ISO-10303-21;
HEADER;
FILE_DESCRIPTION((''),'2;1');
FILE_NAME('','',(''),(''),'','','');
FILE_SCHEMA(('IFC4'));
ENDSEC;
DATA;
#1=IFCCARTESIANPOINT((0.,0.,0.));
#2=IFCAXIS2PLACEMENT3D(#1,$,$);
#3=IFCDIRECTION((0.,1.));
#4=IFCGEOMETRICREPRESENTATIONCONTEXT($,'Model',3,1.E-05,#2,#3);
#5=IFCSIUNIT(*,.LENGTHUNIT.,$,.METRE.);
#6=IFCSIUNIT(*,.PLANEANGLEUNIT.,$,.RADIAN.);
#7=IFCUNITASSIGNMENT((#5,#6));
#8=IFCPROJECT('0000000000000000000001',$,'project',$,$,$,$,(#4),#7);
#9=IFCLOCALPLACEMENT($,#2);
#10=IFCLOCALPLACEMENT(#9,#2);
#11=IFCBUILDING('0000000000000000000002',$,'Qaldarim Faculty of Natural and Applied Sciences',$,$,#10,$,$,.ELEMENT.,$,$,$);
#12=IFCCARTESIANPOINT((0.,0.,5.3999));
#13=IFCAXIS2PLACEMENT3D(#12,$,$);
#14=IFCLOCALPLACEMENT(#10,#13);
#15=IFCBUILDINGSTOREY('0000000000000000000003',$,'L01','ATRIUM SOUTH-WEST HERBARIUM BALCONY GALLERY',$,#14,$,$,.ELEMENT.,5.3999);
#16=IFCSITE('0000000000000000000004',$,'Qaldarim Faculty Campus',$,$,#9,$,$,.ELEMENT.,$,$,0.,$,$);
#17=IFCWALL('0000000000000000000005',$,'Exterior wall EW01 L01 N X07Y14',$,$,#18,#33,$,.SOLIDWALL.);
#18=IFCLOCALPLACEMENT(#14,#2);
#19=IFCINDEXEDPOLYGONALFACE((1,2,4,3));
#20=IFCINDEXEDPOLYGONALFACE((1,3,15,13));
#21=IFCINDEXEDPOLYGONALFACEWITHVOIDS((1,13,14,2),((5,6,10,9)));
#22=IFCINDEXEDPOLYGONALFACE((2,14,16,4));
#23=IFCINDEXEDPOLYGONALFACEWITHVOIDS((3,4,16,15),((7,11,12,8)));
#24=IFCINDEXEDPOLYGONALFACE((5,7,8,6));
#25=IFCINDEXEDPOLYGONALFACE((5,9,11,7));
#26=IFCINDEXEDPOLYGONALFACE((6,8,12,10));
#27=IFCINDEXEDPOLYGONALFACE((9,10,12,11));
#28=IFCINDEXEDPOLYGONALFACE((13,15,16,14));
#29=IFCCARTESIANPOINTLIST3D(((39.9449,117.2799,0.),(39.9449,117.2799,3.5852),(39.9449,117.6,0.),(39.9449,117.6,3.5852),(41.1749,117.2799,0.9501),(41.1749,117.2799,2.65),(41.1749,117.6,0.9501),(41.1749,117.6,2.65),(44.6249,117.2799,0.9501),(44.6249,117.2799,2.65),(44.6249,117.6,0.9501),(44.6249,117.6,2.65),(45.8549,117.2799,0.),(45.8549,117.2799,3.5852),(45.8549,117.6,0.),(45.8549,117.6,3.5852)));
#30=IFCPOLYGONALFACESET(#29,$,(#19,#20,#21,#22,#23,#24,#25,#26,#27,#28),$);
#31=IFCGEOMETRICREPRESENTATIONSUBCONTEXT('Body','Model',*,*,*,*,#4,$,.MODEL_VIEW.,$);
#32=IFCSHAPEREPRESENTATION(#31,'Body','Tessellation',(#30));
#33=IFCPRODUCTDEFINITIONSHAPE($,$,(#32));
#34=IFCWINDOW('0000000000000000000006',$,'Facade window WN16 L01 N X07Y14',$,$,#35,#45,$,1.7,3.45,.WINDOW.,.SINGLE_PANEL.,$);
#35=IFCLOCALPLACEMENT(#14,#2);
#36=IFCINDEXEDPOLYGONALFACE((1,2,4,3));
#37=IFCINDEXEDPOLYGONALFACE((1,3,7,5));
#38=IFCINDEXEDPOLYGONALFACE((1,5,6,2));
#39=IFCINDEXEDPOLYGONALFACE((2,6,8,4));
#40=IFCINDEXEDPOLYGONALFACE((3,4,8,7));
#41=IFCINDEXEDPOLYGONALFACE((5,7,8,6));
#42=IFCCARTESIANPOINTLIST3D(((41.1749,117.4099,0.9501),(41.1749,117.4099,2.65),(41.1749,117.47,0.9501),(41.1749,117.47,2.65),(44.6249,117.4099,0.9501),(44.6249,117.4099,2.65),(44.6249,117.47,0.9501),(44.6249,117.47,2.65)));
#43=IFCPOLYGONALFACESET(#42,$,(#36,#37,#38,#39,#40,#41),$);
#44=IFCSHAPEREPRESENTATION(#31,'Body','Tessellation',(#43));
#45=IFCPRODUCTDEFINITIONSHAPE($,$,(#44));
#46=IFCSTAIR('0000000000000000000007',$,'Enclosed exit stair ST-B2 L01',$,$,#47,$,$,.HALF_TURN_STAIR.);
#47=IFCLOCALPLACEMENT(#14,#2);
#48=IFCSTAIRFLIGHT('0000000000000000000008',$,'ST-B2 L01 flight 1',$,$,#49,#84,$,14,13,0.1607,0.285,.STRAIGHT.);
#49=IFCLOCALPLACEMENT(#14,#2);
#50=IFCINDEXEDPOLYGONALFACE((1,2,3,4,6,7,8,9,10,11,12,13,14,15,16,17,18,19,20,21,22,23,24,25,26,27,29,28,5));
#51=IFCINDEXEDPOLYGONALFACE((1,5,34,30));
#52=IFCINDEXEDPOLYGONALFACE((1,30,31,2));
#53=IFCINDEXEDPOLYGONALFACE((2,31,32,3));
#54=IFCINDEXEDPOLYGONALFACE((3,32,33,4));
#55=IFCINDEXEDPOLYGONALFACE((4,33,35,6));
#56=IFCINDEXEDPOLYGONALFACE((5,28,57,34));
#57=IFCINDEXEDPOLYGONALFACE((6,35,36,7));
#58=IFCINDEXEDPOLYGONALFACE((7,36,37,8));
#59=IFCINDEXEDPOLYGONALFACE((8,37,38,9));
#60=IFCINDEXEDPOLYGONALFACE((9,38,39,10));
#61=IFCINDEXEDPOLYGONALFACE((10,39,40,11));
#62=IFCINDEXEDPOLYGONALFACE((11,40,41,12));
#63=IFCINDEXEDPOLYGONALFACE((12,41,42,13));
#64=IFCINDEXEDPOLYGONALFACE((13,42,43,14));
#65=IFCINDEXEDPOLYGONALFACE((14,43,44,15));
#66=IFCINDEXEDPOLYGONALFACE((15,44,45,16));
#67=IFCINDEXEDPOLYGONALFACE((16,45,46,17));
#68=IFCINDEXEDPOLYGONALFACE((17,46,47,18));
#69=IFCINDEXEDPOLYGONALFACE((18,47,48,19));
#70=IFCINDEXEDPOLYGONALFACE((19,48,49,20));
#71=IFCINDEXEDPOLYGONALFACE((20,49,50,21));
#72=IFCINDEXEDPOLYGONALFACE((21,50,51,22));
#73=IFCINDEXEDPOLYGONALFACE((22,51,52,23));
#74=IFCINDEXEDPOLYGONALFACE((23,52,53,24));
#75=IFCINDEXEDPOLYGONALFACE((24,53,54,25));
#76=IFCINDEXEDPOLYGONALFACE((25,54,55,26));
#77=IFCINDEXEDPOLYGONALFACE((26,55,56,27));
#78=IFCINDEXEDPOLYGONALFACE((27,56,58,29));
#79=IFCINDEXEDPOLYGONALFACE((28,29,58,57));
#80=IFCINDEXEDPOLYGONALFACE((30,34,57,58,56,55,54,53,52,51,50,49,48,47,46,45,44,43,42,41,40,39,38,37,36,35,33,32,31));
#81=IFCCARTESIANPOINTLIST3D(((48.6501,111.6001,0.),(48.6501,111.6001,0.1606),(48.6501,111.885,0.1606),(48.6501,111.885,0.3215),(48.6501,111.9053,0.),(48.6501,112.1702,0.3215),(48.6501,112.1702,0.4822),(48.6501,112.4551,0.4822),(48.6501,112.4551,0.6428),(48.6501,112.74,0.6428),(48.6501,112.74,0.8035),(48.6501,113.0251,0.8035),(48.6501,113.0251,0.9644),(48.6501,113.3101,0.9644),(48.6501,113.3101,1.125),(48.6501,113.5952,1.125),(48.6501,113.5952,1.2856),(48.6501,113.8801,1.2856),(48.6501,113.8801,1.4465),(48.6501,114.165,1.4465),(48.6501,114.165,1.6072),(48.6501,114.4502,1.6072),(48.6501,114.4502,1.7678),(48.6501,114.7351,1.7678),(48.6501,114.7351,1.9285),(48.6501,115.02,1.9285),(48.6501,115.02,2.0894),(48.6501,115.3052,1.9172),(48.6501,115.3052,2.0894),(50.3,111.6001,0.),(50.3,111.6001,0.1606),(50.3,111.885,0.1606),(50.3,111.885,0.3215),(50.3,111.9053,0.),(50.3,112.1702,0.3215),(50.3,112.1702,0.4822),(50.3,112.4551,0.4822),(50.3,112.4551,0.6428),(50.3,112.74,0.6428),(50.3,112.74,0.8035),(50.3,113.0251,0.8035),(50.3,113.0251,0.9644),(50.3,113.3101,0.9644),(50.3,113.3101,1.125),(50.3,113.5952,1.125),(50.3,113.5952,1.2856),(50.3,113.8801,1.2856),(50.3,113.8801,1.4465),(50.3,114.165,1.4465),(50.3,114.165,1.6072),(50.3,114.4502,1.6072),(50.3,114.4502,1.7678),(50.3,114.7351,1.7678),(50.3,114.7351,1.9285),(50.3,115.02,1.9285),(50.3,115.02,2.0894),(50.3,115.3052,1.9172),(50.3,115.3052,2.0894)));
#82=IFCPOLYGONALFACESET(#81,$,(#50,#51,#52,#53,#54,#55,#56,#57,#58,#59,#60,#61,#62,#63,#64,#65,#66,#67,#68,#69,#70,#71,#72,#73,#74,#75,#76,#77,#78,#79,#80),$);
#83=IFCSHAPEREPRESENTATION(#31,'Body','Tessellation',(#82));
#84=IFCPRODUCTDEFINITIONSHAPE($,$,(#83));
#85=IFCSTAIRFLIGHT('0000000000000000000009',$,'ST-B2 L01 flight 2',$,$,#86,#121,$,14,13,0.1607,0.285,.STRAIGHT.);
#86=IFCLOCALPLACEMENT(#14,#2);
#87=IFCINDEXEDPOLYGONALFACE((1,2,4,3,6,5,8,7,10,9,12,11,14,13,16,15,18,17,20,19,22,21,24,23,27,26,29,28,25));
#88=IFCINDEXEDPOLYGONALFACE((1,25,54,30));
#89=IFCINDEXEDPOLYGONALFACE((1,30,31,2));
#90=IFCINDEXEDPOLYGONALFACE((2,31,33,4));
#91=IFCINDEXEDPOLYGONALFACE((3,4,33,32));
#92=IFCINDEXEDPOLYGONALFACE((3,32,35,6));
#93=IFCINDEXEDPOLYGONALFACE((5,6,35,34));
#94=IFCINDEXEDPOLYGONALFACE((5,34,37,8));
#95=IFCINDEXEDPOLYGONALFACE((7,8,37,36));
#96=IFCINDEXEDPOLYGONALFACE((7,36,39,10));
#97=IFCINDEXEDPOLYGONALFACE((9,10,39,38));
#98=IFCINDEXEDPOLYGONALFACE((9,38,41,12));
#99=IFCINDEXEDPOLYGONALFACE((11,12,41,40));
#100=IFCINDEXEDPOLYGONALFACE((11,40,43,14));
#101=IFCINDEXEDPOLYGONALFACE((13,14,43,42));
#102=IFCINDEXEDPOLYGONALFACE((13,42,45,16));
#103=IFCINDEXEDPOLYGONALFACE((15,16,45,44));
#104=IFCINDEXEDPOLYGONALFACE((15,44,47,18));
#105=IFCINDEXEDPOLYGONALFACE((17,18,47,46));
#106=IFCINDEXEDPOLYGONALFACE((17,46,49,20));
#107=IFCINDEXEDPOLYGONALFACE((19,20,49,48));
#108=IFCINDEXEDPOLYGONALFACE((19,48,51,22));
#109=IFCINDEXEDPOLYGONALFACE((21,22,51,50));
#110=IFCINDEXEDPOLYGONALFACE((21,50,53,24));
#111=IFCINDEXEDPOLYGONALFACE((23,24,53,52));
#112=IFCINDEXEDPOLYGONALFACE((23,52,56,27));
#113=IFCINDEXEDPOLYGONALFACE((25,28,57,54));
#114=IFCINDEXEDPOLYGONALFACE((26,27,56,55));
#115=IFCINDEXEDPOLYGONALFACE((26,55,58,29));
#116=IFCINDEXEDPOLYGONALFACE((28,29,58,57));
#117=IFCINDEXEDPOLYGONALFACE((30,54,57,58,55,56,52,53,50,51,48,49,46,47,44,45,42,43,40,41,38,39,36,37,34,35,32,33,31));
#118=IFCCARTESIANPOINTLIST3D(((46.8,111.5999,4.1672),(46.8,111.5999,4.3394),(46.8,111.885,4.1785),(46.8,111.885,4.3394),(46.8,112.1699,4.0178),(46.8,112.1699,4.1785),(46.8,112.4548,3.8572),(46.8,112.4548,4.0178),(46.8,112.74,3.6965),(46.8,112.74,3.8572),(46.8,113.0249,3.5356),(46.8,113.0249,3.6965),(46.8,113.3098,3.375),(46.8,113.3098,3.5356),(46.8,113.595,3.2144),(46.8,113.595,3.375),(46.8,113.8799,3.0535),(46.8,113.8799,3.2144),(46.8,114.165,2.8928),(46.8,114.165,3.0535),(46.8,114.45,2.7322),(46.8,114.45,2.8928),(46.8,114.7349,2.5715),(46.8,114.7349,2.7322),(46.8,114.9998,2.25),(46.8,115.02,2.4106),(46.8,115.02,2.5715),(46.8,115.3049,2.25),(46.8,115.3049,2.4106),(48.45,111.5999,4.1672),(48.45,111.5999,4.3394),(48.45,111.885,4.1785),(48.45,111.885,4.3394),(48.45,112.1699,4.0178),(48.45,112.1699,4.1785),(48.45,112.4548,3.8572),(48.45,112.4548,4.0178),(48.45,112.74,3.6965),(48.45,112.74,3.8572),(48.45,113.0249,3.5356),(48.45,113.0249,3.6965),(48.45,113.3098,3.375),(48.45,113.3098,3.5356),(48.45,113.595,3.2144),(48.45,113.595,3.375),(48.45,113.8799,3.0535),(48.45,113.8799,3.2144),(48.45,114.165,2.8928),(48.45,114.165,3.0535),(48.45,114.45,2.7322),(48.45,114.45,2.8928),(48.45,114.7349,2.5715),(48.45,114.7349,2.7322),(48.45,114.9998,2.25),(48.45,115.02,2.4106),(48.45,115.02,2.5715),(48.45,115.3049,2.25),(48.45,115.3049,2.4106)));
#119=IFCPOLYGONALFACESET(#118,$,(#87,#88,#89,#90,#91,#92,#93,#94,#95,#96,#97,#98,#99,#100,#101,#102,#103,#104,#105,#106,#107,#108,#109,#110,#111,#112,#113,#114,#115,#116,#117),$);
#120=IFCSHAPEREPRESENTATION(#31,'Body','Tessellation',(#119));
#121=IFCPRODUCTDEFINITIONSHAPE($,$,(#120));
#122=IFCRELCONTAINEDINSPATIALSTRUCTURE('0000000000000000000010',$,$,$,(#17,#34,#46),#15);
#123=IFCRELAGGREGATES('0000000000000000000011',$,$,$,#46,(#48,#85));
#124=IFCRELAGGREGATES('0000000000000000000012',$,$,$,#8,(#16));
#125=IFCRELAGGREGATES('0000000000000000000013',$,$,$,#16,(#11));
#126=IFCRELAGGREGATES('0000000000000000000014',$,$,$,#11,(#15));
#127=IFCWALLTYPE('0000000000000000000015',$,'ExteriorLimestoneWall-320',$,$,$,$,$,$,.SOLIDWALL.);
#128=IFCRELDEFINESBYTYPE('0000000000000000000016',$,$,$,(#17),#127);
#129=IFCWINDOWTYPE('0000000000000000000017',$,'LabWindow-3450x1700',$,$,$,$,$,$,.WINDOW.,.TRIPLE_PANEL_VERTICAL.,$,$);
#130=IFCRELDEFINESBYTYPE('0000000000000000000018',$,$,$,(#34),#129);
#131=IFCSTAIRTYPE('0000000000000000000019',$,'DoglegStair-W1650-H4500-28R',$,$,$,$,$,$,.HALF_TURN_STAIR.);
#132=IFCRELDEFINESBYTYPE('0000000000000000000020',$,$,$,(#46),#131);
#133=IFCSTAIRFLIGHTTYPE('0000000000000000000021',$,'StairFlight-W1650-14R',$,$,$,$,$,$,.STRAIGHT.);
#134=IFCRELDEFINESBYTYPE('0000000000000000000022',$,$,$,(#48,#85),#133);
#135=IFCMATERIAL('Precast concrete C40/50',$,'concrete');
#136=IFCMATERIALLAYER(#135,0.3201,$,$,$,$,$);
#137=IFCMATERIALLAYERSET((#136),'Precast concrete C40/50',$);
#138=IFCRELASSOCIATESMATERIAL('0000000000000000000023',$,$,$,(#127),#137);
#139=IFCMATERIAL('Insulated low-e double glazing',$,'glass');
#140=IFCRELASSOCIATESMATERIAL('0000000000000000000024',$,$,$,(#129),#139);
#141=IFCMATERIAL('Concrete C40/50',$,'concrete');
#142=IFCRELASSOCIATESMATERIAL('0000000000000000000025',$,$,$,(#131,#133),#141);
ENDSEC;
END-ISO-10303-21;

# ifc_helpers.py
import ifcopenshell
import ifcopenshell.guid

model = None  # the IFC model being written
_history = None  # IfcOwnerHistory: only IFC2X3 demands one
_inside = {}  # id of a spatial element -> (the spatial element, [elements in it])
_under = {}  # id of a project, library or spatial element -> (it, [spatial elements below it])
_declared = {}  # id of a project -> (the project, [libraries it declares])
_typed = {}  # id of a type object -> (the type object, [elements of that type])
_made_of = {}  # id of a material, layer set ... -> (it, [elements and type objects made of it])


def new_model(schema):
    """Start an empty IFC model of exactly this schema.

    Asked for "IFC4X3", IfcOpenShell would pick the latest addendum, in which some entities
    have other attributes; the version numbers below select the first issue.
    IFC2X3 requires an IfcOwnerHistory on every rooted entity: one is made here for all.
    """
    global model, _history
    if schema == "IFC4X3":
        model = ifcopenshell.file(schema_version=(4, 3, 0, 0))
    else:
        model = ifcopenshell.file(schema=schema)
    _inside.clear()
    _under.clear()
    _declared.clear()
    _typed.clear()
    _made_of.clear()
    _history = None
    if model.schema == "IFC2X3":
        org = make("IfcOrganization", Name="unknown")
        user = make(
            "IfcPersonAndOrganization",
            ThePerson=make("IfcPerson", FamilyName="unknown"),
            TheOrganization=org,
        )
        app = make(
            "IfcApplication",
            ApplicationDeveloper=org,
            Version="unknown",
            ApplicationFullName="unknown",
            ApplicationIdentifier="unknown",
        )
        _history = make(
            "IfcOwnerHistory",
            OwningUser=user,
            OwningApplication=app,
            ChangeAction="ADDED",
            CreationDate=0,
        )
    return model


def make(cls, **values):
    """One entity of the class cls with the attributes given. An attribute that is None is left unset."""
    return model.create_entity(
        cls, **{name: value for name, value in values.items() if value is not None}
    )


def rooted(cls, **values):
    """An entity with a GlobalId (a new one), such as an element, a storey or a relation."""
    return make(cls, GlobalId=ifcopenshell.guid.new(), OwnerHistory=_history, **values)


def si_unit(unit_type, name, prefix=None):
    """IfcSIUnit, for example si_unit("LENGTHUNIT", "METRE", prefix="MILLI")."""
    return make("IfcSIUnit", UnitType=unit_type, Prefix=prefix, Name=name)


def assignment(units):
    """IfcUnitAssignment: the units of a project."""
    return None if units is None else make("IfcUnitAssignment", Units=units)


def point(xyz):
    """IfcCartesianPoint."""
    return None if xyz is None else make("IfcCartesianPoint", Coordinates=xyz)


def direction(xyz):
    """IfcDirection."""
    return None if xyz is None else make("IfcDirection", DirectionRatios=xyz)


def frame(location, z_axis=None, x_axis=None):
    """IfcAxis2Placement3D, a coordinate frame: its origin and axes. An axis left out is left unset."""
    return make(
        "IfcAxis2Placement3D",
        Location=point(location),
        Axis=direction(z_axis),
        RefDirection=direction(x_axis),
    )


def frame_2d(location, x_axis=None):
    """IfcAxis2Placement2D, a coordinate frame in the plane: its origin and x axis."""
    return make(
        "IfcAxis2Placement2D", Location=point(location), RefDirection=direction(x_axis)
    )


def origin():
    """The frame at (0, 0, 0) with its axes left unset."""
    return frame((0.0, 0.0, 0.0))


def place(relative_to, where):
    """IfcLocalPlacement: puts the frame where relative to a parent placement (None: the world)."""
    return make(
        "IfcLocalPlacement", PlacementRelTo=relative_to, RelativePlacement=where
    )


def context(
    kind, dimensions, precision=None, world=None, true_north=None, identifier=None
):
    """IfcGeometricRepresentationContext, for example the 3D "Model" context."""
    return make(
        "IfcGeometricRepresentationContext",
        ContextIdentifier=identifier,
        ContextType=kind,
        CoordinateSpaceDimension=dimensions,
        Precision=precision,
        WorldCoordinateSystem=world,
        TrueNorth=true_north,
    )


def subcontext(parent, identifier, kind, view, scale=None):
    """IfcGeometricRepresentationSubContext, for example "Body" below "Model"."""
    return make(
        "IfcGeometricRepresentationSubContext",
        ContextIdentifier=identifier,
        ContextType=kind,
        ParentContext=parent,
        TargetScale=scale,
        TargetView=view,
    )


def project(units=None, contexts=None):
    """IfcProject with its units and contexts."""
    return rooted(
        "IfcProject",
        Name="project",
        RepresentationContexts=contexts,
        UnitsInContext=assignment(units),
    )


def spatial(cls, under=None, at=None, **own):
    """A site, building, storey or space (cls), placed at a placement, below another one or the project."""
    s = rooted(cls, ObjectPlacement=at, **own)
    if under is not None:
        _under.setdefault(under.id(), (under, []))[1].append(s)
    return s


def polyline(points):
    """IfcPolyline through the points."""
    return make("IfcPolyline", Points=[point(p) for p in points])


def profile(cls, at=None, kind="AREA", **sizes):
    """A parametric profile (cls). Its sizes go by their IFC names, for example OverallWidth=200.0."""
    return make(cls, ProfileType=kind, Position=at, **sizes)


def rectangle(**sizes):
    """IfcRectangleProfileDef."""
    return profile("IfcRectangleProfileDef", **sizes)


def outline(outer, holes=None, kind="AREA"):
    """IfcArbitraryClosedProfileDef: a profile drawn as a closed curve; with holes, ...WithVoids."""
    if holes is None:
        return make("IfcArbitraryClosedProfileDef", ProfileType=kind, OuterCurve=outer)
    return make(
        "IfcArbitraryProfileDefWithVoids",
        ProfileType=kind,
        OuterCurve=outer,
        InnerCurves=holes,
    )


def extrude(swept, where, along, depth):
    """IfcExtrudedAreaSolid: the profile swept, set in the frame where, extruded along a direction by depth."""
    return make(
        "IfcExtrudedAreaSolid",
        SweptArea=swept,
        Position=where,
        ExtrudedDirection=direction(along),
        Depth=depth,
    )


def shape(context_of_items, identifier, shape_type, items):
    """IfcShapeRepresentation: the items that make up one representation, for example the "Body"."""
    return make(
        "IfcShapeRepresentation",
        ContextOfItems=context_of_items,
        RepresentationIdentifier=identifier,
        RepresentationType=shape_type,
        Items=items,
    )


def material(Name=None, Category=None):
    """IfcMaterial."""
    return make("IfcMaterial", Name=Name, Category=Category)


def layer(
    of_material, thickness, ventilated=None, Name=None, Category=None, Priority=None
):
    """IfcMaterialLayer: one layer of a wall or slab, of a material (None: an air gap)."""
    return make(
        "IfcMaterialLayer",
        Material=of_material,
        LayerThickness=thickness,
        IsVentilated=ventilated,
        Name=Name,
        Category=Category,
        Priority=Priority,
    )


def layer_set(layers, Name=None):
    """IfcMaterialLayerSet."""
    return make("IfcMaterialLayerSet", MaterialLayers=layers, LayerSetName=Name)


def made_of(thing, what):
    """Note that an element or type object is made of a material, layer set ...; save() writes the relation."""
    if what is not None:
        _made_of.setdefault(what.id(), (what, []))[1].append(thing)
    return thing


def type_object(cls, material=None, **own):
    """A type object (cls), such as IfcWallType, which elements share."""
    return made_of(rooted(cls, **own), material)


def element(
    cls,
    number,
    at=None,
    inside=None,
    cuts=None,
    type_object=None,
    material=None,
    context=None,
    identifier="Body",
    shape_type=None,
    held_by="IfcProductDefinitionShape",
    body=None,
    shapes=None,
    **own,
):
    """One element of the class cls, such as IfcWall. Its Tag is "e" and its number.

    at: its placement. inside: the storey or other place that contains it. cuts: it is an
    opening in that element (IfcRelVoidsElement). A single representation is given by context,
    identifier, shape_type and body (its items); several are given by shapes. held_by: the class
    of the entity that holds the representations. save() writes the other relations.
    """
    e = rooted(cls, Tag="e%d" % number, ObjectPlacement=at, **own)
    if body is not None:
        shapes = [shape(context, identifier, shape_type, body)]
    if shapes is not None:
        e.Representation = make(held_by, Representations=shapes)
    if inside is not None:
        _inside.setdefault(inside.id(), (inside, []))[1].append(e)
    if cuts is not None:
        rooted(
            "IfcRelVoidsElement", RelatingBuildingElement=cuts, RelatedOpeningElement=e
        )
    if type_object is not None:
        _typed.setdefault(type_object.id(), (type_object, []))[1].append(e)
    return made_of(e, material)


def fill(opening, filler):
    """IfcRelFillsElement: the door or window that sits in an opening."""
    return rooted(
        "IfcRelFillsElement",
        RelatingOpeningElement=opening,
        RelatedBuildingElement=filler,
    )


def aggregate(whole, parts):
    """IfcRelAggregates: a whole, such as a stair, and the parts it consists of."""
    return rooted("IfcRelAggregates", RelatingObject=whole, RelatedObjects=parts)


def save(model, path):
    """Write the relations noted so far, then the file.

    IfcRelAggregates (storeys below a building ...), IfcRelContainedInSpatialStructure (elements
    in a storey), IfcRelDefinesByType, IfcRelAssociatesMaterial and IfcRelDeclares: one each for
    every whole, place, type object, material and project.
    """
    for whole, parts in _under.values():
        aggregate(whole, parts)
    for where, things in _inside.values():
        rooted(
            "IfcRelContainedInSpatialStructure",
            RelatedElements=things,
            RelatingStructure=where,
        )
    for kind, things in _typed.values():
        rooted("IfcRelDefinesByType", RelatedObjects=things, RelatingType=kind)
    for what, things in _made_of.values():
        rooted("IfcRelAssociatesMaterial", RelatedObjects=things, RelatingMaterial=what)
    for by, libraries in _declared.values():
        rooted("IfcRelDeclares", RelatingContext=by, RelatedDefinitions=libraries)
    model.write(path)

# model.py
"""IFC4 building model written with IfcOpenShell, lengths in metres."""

from ifc_helpers import new_model, si_unit, direction, frame, frame_2d, origin, place, context, subcontext, project, spatial, polyline, rectangle, outline, extrude, material, layer, layer_set, type_object, element, fill, aggregate, save


model = new_model("IFC4")

# Units and contexts
model_context = context("Model", 3, precision=1e-05, world=origin(), true_north=direction((0.0, 1.0)))
body_context = subcontext(model_context, "Body", "Model", "MODEL_VIEW")
ifc_project = project(units=[si_unit("LENGTHUNIT", "METRE"), si_unit("PLANEANGLEUNIT", "RADIAN")], contexts=[model_context])

# Site, building, storey
site_placement = place(None, origin())
site = spatial("IfcSite", under=ifc_project, at=site_placement, Name="Qaldarim Faculty Campus", CompositionType="ELEMENT", RefElevation=0.0)
building_placement = place(site_placement, origin())
building = spatial("IfcBuilding", under=site, at=building_placement, Name="Qaldarim Faculty of Natural and Applied Sciences", CompositionType="ELEMENT")
storey_placement = place(building_placement, frame((0.0, 0.0, 5.3999)))
storey = spatial("IfcBuildingStorey", under=building, at=storey_placement, Name="L01", Description="ATRIUM SOUTH-WEST HERBARIUM BALCONY GALLERY", CompositionType="ELEMENT", Elevation=5.3999)

# Shared definitions
ifc_material_1 = material(Name="Concrete C40/50", Category="concrete")

# Wall, opening, window
ifc_material_2 = material(Name="Precast concrete C40/50", Category="concrete")
ifc_layer_1 = layer(ifc_material_2, 0.3201)
ifc_layer_set_1 = layer_set([ifc_layer_1], Name="Precast concrete C40/50")
wall_type_1 = type_object("IfcWallType", Name="ExteriorLimestoneWall-320", PredefinedType="SOLIDWALL", material=ifc_layer_set_1)
wall_1_placement = place(storey_placement, frame((45.855, 117.4399, 0.0), z_axis=(0.0, 0.0, 1.0), x_axis=(-1.0, 0.0, 0.0)))
wall_1 = element("IfcWall", 1, at=wall_1_placement, inside=storey, type_object=wall_type_1, Name="Exterior wall EW01 L01 N X07Y14", PredefinedType="SOLIDWALL", context=body_context, shape_type="SweptSolid", body=[
    extrude(rectangle(XDim=5.9099, YDim=0.3201, at=frame_2d((2.9551, 0.0))), origin(), (0.0, 0.0, 1.0), 3.5852),
])
opening_1_placement = place(wall_1_placement, frame((1.23, 0.0, 0.95)))
opening_1 = element("IfcOpeningElement", 2, at=opening_1_placement, cuts=wall_1, PredefinedType="OPENING", context=body_context, shape_type="SweptSolid", body=[
    extrude(rectangle(XDim=3.45, YDim=1.7, at=frame_2d((1.7251, 0.8501))), frame((0.0, 0.1699, 0.0), z_axis=(0.0, -1.0, 0.0), x_axis=(1.0, 0.0, 0.0)), (0.0, 0.0, 1.0), 0.3401),
])
ifc_material_3 = material(Name="Insulated low-e double glazing", Category="glass")
window_type = type_object("IfcWindowType", Name="LabWindow-3450x1700", PartitioningType="TRIPLE_PANEL_VERTICAL", PredefinedType="WINDOW", material=ifc_material_3)
window_placement = place(opening_1_placement, origin())
window = element("IfcWindow", 3, at=window_placement, inside=storey, type_object=window_type, Name="Facade window WN16 L01 N X07Y14", OverallHeight=1.7, OverallWidth=3.45, PartitioningType="SINGLE_PANEL", PredefinedType="WINDOW", context=body_context, shape_type="SweptSolid", body=[
    extrude(rectangle(XDim=3.45, YDim=1.7, at=frame_2d((1.7251, 0.8501))), frame((0.0, 0.03, 0.0), z_axis=(0.0, -1.0, 0.0), x_axis=(1.0, 0.0, 0.0)), (0.0, 0.0, 1.0), 0.0601),
])
fill(opening_1, window)

# Stair, stair flights
stair_type = type_object("IfcStairType", Name="DoglegStair-W1650-H4500-28R", PredefinedType="HALF_TURN_STAIR", material=ifc_material_1)
stair_placement = place(storey_placement, origin())
stair = element("IfcStair", 4, at=stair_placement, inside=storey, type_object=stair_type, Name="Enclosed exit stair ST-B2 L01", PredefinedType="HALF_TURN_STAIR")
stair_flight_type = type_object("IfcStairFlightType", Name="StairFlight-W1650-14R", PredefinedType="STRAIGHT", material=ifc_material_1)
stair_flight_1_placement = place(storey_placement, frame((49.4751, 111.6001, 0.0), z_axis=(0.0, 0.0, 1.0), x_axis=(0.0, 1.0, 0.0)))
stair_flight_1 = element("IfcStairFlight", 5, at=stair_flight_1_placement, type_object=stair_flight_type, Name="ST-B2 L01 flight 1", NumberOfRisers=14, NumberOfTreads=13, PredefinedType="STRAIGHT", RiserHeight=0.1607, TreadLength=0.285, context=body_context, shape_type="SweptSolid", body=[
    extrude(outline(polyline([(0.0, 0.0), (0.0, 0.1606), (0.2849, 0.1606), (0.2849, 0.3215), (0.5701, 0.3215), (0.5701, 0.4822), (0.855, 0.4822), (0.855, 0.6428), (1.1399, 0.6428), (1.1399, 0.8035), (1.425, 0.8035), (1.425, 0.9644), (1.71, 0.9644), (1.71, 1.125), (1.9951, 1.125), (1.9951, 1.2856), (2.28, 1.2856), (2.28, 1.4465), (2.5649, 1.4465), (2.5649, 1.6072), (2.8501, 1.6072), (2.8501, 1.7678), (3.135, 1.7678), (3.135, 1.9285), (3.4199, 1.9285), (3.4199, 2.0894), (3.7051, 2.0894), (3.7051, 2.25), (3.7051, 1.9172), (0.3052, 0.0), (0.0, 0.0)])), frame((0.0, 0.825, 0.0), z_axis=(0.0, -1.0, 0.0), x_axis=(1.0, 0.0, 0.0)), (0.0, 0.0, 1.0), 1.6499),
])
stair_flight_2_placement = place(storey_placement, frame((47.625, 115.3049, 2.25), z_axis=(0.0, 0.0, 1.0), x_axis=(0.0, -1.0, 0.0)))
stair_flight_2 = element("IfcStairFlight", 6, at=stair_flight_2_placement, type_object=stair_flight_type, Name="ST-B2 L01 flight 2", NumberOfRisers=14, NumberOfTreads=13, PredefinedType="STRAIGHT", RiserHeight=0.1607, TreadLength=0.285, context=body_context, shape_type="SweptSolid", body=[
    extrude(outline(polyline([(0.0, 0.0), (0.0, 0.1606), (0.2849, 0.1606), (0.2849, 0.3215), (0.5701, 0.3215), (0.5701, 0.4822), (0.855, 0.4822), (0.855, 0.6428), (1.1399, 0.6428), (1.1399, 0.8035), (1.425, 0.8035), (1.425, 0.9644), (1.71, 0.9644), (1.71, 1.125), (1.9951, 1.125), (1.9951, 1.2856), (2.28, 1.2856), (2.28, 1.4465), (2.5649, 1.4465), (2.5649, 1.6072), (2.8501, 1.6072), (2.8501, 1.7678), (3.135, 1.7678), (3.135, 1.9285), (3.4199, 1.9285), (3.4199, 2.0894), (3.7051, 2.0894), (3.7051, 2.25), (3.7051, 1.9172), (0.3052, 0.0), (0.0, 0.0)])), frame((0.0, 0.825, 0.0), z_axis=(0.0, -1.0, 0.0), x_axis=(1.0, 0.0, 0.0)), (0.0, 0.0, 1.0), 1.6499),
])
aggregate(stair, [stair_flight_1, stair_flight_2])

save(model, "model.ifc")
